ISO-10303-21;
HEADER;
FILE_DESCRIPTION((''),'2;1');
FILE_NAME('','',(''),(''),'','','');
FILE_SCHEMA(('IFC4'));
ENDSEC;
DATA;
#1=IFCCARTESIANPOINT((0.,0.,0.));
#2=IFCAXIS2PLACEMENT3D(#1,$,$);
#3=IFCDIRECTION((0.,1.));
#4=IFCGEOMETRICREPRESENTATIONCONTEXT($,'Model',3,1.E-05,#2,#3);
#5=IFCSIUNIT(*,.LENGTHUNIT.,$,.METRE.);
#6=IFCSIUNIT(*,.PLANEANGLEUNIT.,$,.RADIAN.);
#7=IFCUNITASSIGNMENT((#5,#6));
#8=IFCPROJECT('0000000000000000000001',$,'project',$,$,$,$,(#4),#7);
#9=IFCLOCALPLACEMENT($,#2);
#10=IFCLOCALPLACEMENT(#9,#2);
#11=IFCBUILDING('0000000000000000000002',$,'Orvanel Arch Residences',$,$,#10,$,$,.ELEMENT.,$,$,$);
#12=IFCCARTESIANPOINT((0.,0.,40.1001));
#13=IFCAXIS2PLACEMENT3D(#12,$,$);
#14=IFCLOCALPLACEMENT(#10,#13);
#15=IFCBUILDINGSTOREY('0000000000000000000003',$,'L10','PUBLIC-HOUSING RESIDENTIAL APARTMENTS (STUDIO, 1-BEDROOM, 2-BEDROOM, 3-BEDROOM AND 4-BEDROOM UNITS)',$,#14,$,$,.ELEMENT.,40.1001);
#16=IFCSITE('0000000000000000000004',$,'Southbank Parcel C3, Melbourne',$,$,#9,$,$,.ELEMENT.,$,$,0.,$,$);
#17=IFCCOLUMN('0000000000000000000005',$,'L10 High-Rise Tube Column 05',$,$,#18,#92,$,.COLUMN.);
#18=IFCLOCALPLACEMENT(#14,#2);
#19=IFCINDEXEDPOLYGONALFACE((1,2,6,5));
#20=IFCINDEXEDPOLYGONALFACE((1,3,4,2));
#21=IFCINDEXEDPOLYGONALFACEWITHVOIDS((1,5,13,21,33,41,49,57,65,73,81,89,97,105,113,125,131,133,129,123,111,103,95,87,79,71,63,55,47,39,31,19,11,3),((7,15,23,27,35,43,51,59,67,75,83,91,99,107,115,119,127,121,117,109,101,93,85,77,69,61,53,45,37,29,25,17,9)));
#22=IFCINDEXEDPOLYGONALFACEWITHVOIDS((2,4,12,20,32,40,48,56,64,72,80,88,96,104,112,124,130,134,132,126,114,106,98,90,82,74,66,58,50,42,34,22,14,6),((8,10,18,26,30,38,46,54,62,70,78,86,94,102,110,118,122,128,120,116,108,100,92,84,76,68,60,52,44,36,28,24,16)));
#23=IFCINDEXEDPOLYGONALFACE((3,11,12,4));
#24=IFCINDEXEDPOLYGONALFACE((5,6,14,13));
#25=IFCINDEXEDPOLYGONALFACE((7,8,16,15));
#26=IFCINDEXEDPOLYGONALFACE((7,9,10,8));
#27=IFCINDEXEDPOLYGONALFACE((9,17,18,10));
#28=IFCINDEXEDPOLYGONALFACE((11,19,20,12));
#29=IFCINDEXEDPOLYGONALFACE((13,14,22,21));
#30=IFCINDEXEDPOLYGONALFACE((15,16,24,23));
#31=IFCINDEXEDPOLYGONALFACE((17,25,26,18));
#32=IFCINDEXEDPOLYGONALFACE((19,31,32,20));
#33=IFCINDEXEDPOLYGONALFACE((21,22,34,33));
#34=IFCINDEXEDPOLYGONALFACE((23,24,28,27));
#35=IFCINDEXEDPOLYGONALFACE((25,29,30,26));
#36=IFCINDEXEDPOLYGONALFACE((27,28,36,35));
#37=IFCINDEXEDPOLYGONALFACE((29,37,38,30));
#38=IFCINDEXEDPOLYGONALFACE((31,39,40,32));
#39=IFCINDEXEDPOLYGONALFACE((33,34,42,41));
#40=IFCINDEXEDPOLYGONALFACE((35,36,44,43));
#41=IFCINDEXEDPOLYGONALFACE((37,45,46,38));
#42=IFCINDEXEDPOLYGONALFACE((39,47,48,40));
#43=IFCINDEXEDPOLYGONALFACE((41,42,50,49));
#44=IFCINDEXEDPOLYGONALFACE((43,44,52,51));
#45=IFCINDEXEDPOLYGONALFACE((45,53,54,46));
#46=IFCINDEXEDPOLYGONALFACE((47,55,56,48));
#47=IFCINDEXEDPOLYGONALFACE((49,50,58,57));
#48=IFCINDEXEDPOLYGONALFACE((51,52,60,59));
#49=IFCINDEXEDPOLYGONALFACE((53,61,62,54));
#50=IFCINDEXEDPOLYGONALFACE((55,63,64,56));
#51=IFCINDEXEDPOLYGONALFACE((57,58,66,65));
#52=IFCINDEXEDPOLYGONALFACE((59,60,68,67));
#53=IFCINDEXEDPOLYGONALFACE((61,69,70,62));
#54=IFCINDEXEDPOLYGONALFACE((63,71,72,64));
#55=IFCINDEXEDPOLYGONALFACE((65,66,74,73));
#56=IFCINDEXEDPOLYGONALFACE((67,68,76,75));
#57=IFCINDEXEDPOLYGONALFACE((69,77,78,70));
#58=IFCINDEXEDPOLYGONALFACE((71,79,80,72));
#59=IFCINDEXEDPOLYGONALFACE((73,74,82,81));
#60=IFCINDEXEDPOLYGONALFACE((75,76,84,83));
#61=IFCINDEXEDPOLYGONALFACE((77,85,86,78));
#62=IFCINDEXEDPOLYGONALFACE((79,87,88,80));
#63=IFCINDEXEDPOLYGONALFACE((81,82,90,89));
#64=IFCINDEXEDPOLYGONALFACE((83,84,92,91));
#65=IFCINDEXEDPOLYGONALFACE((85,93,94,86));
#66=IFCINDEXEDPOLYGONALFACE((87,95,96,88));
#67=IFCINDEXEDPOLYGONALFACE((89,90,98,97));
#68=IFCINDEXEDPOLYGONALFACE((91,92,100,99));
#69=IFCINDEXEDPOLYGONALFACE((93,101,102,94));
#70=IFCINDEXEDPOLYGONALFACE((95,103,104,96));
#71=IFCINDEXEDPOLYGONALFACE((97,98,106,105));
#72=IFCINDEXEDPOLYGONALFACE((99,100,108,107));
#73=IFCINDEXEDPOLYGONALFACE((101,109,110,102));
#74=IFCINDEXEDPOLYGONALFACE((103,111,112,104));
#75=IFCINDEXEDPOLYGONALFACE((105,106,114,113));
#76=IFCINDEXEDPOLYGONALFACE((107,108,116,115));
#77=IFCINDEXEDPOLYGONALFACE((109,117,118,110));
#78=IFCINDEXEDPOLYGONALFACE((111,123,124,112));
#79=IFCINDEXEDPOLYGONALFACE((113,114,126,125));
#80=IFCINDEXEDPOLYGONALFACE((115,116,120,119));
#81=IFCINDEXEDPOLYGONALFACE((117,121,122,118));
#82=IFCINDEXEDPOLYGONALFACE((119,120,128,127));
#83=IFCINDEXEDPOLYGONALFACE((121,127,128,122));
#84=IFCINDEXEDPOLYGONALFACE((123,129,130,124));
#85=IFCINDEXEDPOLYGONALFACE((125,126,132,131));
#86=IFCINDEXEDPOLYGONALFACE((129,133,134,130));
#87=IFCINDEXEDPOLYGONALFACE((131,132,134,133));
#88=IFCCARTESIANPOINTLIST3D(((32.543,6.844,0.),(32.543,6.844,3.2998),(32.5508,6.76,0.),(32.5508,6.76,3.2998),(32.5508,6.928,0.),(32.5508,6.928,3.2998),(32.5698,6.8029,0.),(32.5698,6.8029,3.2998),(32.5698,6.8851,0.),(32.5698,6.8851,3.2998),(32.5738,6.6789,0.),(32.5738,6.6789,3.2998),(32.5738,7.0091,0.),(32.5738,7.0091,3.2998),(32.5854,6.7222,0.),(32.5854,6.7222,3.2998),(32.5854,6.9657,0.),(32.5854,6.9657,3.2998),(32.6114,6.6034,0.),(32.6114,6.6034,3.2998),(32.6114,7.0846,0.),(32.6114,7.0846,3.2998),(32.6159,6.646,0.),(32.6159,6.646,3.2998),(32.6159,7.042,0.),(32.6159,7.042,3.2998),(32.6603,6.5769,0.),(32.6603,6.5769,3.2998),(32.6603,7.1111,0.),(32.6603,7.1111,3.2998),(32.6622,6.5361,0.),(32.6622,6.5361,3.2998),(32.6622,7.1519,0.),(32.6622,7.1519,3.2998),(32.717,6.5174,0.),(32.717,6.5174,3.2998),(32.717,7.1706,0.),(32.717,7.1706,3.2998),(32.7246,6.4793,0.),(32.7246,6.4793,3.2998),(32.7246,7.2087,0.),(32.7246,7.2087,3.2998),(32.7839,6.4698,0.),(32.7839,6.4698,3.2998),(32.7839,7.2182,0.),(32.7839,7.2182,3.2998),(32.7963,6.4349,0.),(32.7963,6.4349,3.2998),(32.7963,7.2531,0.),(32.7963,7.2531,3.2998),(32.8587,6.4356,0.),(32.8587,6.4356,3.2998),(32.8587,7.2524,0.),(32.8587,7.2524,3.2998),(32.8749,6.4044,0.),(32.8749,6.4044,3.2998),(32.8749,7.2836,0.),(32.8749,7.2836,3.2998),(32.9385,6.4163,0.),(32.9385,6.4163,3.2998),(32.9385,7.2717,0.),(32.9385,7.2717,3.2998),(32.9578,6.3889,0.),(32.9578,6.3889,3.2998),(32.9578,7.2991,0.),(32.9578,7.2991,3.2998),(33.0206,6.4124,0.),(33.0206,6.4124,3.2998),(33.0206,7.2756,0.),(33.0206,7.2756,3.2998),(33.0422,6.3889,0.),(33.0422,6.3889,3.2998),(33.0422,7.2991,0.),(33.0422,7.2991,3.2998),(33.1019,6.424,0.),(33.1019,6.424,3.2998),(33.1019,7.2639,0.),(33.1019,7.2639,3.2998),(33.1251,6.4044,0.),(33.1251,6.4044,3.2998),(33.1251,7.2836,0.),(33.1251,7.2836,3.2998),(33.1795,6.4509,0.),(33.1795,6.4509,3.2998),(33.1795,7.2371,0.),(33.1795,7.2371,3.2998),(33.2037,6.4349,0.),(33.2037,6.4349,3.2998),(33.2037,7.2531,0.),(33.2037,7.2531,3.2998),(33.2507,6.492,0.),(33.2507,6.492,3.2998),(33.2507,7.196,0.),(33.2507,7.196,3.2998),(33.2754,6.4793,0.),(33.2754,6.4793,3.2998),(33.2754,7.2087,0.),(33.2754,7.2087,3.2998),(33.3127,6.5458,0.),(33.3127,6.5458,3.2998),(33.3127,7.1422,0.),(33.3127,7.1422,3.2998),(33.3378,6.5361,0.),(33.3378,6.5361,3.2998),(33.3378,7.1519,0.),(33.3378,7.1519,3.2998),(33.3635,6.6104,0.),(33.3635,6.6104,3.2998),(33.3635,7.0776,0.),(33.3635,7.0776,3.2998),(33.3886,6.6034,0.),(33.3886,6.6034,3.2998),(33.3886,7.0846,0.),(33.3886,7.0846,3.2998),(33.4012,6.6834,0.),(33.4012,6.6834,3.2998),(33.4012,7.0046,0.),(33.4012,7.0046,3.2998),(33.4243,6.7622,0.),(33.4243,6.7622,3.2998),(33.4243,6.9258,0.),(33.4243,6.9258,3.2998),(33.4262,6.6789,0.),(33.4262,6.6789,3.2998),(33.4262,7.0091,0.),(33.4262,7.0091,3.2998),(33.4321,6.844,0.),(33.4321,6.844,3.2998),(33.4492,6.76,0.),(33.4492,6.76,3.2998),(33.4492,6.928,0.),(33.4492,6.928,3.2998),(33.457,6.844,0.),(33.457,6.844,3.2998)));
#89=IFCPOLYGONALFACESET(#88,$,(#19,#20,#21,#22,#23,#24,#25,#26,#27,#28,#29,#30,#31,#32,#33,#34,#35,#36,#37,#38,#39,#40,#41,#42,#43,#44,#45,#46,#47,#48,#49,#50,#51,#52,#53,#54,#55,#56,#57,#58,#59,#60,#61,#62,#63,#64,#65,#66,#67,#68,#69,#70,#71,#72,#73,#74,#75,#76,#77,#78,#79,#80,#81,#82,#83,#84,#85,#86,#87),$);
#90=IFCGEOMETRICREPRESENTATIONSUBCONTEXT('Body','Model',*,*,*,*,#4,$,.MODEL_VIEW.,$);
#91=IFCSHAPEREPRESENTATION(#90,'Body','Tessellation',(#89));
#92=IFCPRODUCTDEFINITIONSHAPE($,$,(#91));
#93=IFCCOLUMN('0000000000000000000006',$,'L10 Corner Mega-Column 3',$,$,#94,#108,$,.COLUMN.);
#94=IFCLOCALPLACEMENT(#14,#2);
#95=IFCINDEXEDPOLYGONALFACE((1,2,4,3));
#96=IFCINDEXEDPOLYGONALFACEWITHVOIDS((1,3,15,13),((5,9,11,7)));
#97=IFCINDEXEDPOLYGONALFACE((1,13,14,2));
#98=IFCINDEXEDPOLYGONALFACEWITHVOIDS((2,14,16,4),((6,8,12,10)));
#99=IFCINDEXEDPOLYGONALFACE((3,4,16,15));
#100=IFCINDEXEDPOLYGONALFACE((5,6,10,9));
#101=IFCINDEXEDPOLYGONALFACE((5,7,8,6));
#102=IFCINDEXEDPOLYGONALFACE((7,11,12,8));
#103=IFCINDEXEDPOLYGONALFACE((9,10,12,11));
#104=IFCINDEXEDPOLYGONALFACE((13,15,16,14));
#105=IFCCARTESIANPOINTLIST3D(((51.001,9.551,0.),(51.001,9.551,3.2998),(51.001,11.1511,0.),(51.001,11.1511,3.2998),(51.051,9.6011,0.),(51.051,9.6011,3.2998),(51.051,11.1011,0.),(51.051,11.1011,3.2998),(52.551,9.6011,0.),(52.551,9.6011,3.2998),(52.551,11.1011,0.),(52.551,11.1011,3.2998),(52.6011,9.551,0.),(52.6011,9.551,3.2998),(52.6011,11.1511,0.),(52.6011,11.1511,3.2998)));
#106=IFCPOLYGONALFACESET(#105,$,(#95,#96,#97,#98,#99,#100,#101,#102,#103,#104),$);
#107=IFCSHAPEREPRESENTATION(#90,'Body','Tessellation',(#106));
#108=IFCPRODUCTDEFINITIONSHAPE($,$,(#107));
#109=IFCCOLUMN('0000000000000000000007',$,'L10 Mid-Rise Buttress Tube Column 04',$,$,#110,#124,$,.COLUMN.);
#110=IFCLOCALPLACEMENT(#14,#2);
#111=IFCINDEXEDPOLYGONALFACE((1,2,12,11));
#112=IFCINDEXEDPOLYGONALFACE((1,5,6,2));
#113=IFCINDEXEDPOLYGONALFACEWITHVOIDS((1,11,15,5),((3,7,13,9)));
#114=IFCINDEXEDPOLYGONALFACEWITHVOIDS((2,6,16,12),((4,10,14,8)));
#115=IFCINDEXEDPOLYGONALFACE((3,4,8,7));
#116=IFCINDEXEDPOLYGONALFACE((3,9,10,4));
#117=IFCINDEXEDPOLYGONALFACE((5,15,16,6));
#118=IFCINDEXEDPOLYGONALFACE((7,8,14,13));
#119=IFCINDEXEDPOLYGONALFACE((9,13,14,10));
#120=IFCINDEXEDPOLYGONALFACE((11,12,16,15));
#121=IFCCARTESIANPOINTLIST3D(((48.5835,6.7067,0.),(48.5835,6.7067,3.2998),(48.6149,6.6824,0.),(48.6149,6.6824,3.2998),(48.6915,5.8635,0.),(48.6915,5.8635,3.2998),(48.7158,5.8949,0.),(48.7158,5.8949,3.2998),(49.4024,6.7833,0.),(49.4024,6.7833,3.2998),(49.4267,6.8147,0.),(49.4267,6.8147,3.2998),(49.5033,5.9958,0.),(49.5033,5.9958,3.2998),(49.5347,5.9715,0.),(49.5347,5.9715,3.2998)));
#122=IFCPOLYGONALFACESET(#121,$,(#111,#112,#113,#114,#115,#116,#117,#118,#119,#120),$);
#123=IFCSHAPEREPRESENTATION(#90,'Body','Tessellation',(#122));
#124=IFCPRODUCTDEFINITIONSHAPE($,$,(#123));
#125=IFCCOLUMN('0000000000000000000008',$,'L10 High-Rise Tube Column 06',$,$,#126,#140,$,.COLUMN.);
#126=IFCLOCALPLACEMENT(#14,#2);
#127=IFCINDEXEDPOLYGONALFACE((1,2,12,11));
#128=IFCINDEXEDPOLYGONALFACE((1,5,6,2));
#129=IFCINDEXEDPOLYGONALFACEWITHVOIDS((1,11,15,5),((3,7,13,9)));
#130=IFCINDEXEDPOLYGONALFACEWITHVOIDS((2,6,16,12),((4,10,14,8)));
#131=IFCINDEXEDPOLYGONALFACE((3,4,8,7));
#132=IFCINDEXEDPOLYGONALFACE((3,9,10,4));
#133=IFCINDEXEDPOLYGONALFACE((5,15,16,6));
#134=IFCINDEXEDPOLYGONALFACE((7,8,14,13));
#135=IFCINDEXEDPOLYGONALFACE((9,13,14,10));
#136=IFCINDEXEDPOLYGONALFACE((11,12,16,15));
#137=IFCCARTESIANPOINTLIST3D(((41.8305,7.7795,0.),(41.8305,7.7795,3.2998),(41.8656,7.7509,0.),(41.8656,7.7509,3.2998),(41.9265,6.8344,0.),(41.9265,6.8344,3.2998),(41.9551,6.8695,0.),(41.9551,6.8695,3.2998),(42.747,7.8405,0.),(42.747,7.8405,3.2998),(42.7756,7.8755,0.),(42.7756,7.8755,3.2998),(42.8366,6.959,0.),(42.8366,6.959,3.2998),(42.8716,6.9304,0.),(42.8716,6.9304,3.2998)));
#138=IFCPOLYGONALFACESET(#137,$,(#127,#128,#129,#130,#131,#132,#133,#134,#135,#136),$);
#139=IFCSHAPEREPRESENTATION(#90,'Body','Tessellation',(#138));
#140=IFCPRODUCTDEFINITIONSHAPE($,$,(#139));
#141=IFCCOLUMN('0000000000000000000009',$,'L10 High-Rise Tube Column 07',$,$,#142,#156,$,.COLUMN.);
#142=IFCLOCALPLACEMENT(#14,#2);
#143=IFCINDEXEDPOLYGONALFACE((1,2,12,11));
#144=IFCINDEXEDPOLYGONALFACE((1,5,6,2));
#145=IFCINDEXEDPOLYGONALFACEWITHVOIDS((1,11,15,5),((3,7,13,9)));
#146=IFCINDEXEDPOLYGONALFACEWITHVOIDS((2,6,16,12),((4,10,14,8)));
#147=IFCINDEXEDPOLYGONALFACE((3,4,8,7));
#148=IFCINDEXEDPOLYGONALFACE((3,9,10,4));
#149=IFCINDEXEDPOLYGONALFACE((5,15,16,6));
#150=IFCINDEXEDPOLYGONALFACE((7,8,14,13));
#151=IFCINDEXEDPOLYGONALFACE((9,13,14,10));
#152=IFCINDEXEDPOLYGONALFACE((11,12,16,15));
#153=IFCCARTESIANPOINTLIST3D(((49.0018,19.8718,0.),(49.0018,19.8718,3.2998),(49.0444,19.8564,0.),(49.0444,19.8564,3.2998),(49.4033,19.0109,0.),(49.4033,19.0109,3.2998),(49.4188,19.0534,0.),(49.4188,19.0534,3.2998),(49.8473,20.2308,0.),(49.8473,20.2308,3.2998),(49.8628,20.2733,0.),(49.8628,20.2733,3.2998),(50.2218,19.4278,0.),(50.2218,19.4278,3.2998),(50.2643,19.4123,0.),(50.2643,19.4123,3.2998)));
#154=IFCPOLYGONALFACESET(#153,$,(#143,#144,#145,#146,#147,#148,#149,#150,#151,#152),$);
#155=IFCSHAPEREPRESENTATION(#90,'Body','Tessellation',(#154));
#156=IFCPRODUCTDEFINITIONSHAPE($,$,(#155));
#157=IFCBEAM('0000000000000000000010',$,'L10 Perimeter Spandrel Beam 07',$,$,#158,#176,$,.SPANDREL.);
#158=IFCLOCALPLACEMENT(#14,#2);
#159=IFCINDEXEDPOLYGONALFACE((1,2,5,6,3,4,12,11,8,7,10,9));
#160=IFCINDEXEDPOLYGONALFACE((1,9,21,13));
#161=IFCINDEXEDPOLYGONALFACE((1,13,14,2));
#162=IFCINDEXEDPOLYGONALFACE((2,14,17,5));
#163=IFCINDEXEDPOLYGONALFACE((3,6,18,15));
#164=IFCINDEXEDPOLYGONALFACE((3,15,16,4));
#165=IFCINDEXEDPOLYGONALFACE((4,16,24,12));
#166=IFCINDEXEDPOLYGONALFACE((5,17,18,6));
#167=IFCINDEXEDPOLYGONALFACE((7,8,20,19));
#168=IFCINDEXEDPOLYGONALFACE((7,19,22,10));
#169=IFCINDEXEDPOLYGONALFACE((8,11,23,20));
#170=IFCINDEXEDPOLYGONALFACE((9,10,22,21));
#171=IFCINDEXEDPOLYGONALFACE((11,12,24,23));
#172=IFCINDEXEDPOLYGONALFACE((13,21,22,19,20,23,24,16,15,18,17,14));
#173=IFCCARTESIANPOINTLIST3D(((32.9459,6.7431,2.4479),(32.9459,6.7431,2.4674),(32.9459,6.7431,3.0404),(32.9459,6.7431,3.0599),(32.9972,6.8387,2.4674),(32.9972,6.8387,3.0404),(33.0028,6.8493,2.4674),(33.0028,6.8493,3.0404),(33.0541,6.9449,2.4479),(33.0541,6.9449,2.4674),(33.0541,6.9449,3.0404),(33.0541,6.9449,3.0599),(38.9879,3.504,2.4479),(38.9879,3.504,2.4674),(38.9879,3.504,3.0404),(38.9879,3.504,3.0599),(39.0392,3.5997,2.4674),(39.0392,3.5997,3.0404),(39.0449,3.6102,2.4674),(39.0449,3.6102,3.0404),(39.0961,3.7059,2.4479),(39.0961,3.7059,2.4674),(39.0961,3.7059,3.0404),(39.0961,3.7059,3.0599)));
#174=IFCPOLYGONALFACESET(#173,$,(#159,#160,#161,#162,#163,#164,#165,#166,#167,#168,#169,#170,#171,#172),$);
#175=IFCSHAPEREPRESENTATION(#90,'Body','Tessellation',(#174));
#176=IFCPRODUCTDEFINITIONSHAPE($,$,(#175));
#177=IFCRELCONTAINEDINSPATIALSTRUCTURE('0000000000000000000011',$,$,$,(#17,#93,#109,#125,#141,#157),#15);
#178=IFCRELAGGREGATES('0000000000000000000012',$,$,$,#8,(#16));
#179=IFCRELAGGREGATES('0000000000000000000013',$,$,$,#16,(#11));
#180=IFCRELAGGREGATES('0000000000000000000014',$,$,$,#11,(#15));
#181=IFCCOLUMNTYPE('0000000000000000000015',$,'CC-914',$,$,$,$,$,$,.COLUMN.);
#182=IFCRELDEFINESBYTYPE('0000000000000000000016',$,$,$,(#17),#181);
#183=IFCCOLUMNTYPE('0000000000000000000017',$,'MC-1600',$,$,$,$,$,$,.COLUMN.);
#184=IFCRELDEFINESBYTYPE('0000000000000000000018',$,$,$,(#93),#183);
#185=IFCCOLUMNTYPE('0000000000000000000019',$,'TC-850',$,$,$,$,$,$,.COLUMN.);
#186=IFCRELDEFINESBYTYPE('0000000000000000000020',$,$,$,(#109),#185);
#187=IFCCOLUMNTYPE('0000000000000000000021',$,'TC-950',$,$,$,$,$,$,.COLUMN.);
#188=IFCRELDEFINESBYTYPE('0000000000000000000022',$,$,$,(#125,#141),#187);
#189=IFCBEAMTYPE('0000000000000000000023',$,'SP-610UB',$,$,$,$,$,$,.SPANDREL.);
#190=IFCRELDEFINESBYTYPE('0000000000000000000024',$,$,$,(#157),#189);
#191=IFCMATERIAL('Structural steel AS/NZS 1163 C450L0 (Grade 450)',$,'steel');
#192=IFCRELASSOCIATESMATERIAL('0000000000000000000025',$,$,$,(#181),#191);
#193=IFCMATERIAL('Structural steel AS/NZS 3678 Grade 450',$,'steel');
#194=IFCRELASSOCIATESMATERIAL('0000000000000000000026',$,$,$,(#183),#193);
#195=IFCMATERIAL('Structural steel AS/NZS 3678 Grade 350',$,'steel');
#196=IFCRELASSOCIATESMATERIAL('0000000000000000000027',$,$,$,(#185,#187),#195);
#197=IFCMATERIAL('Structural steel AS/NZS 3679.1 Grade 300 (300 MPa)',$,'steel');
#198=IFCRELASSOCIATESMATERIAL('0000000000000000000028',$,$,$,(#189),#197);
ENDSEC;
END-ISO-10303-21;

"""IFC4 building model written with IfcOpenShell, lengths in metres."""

from ifc_helpers import new_model, si_unit, direction, frame, origin, origin_2d, place, context, subcontext, project, spatial, hollow_rectangle, hollow_circle, i_section, extrude, material, material_profile, profile_set, type_object, element, save


model = new_model("IFC4")

# Units and contexts
model_context = context("Model", 3, precision=1e-05, world=origin(), true_north=direction((0.0, 1.0)))
body_context = subcontext(model_context, "Body", "Model", "MODEL_VIEW")
ifc_project = project(units=[si_unit("LENGTHUNIT", "METRE"), si_unit("PLANEANGLEUNIT", "RADIAN")], contexts=[model_context])

# Site, building, storey
site_placement = place(None, origin())
site = spatial("IfcSite", under=ifc_project, at=site_placement, Name="Southbank Parcel C3, Melbourne", CompositionType="ELEMENT", RefElevation=0.0)
building_placement = place(site_placement, origin())
building = spatial("IfcBuilding", under=site, at=building_placement, Name="Orvanel Arch Residences", CompositionType="ELEMENT")
storey_placement = place(building_placement, frame((0.0, 0.0, 40.1001)))
storey = spatial("IfcBuildingStorey", under=building, at=storey_placement, Name="L10", Description="PUBLIC-HOUSING RESIDENTIAL APARTMENTS (STUDIO, 1-BEDROOM, 2-BEDROOM, 3-BEDROOM AND 4-BEDROOM UNITS)", CompositionType="ELEMENT", Elevation=40.1001)

# Columns
ifc_material_1 = material(Name="Structural steel AS/NZS 1163 C450L0 (Grade 450)", Category="steel")
ifc_material_profile_1 = material_profile(ifc_material_1, hollow_circle(Radius=0.457, WallThickness=0.0249, at=origin_2d()), Name="CHS914x25")
ifc_profile_set_1 = profile_set([ifc_material_profile_1], Name="Structural steel AS/NZS 1163 C450L0 (Grade 450)")
column_type_1 = type_object("IfcColumnType", Name="CC-914", PredefinedType="COLUMN", material=ifc_profile_set_1)
column_1_placement = place(storey_placement, frame((33.0, 6.844, 0.0), z_axis=(0.0, 0.0, 1.0), x_axis=(1.0, 0.0, 0.0)))
element("IfcColumn", 1, at=column_1_placement, inside=storey, type_object=column_type_1, Name="L10 High-Rise Tube Column 05", PredefinedType="COLUMN", context=body_context, shape_type="SweptSolid", body=[
    extrude(hollow_circle(Radius=0.457, WallThickness=0.0249, at=origin_2d()), origin(), (0.0, 0.0, 1.0), 3.2998),
])
ifc_material_2 = material(Name="Structural steel AS/NZS 3678 Grade 450", Category="steel")
ifc_material_profile_2 = material_profile(ifc_material_2, hollow_rectangle(XDim=1.6001, YDim=1.6001, WallThickness=0.05, at=origin_2d()), Name="BOX1600x1600x50")
ifc_profile_set_2 = profile_set([ifc_material_profile_2], Name="Structural steel AS/NZS 3678 Grade 450")
column_type_2 = type_object("IfcColumnType", Name="MC-1600", PredefinedType="COLUMN", material=ifc_profile_set_2)
column_2_placement = place(storey_placement, frame((51.801, 10.3511, 0.0), z_axis=(0.0, 0.0, 1.0), x_axis=(1.0, 0.0, 0.0)))
element("IfcColumn", 2, at=column_2_placement, inside=storey, type_object=column_type_2, Name="L10 Corner Mega-Column 3", PredefinedType="COLUMN", context=body_context, shape_type="SweptSolid", body=[
    extrude(hollow_rectangle(XDim=1.6001, YDim=1.6001, WallThickness=0.05, at=origin_2d()), origin(), (0.0, 0.0, 1.0), 3.2998),
])
ifc_material_3 = material(Name="Structural steel AS/NZS 3678 Grade 350", Category="steel")
ifc_material_profile_3 = material_profile(ifc_material_3, hollow_rectangle(XDim=0.8501, YDim=0.8501, WallThickness=0.0281, at=origin_2d()), Name="BOX850x850x28")
ifc_profile_set_3 = profile_set([ifc_material_profile_3], Name="Structural steel AS/NZS 3678 Grade 350")
column_type_3 = type_object("IfcColumnType", Name="TC-850", PredefinedType="COLUMN", material=ifc_profile_set_3)
column_3_placement = place(storey_placement, frame((49.0591, 6.3391, 0.0), z_axis=(0.0, 0.0, 1.0), x_axis=(0.991894, 0.127065, 0.0)))
element("IfcColumn", 3, at=column_3_placement, inside=storey, type_object=column_type_3, Name="L10 Mid-Rise Buttress Tube Column 04", PredefinedType="COLUMN", context=body_context, shape_type="SweptSolid", body=[
    extrude(hollow_rectangle(XDim=0.8501, YDim=0.8501, WallThickness=0.0281, at=origin_2d()), origin(), (0.0, 0.0, 1.0), 3.2998),
])
ifc_material_profile_4 = material_profile(ifc_material_3, hollow_rectangle(XDim=0.95, YDim=0.95, WallThickness=0.032, at=origin_2d()), Name="BOX950x950x32")
ifc_profile_set_4 = profile_set([ifc_material_profile_4], Name="Structural steel AS/NZS 3678 Grade 350")
column_type_4 = type_object("IfcColumnType", Name="TC-950", PredefinedType="COLUMN", material=ifc_profile_set_4)
for number, where, z_axis, x_axis, name in (
    (4, (42.3511, 7.355, 0.0), (0.0, 0.0, 1.0), (0.994881, 0.101056, 0.0), "L10 High-Rise Tube Column 06"),
    (5, (49.6331, 19.6421, 0.0), (0.0, 0.0, 1.0), (-0.422618, 0.906308, 0.0), "L10 High-Rise Tube Column 07"),
):
    element("IfcColumn", number, at=place(storey_placement, frame(where, z_axis=z_axis, x_axis=x_axis)), inside=storey, type_object=column_type_4, Name=name, PredefinedType="COLUMN", context=body_context, shape_type="SweptSolid", body=[
        extrude(hollow_rectangle(XDim=0.95, YDim=0.95, WallThickness=0.032, at=origin_2d()), origin(), (0.0, 0.0, 1.0), 3.2998),
    ])

# Beam
ifc_material_4 = material(Name="Structural steel AS/NZS 3679.1 Grade 300 (300 MPa)", Category="steel")
ifc_material_profile_5 = material_profile(ifc_material_4, i_section(OverallWidth=0.229, OverallDepth=0.6121, WebThickness=0.012, FlangeThickness=0.0195, at=origin_2d()), Name="610UB125")
ifc_profile_set_5 = profile_set([ifc_material_profile_5], Name="Structural steel AS/NZS 3679.1 Grade 300 (300 MPa)")
beam_type = type_object("IfcBeamType", Name="SP-610UB", PredefinedType="SPANDREL", material=ifc_profile_set_5)
beam_1_placement = place(storey_placement, frame((33.0, 6.844, 2.7539), z_axis=(0.881344, -0.472474, 0.0), x_axis=(0.472474, 0.881344, 0.0)))
element("IfcBeam", 6, at=beam_1_placement, inside=storey, type_object=beam_type, Name="L10 Perimeter Spandrel Beam 07", PredefinedType="SPANDREL", context=body_context, shape_type="SweptSolid", body=[
    extrude(i_section(OverallWidth=0.229, OverallDepth=0.6121, WebThickness=0.012, FlangeThickness=0.0195, at=origin_2d()), origin(), (0.0, 0.0, 1.0), 6.8555),
])

save(model, "model.ifc")
